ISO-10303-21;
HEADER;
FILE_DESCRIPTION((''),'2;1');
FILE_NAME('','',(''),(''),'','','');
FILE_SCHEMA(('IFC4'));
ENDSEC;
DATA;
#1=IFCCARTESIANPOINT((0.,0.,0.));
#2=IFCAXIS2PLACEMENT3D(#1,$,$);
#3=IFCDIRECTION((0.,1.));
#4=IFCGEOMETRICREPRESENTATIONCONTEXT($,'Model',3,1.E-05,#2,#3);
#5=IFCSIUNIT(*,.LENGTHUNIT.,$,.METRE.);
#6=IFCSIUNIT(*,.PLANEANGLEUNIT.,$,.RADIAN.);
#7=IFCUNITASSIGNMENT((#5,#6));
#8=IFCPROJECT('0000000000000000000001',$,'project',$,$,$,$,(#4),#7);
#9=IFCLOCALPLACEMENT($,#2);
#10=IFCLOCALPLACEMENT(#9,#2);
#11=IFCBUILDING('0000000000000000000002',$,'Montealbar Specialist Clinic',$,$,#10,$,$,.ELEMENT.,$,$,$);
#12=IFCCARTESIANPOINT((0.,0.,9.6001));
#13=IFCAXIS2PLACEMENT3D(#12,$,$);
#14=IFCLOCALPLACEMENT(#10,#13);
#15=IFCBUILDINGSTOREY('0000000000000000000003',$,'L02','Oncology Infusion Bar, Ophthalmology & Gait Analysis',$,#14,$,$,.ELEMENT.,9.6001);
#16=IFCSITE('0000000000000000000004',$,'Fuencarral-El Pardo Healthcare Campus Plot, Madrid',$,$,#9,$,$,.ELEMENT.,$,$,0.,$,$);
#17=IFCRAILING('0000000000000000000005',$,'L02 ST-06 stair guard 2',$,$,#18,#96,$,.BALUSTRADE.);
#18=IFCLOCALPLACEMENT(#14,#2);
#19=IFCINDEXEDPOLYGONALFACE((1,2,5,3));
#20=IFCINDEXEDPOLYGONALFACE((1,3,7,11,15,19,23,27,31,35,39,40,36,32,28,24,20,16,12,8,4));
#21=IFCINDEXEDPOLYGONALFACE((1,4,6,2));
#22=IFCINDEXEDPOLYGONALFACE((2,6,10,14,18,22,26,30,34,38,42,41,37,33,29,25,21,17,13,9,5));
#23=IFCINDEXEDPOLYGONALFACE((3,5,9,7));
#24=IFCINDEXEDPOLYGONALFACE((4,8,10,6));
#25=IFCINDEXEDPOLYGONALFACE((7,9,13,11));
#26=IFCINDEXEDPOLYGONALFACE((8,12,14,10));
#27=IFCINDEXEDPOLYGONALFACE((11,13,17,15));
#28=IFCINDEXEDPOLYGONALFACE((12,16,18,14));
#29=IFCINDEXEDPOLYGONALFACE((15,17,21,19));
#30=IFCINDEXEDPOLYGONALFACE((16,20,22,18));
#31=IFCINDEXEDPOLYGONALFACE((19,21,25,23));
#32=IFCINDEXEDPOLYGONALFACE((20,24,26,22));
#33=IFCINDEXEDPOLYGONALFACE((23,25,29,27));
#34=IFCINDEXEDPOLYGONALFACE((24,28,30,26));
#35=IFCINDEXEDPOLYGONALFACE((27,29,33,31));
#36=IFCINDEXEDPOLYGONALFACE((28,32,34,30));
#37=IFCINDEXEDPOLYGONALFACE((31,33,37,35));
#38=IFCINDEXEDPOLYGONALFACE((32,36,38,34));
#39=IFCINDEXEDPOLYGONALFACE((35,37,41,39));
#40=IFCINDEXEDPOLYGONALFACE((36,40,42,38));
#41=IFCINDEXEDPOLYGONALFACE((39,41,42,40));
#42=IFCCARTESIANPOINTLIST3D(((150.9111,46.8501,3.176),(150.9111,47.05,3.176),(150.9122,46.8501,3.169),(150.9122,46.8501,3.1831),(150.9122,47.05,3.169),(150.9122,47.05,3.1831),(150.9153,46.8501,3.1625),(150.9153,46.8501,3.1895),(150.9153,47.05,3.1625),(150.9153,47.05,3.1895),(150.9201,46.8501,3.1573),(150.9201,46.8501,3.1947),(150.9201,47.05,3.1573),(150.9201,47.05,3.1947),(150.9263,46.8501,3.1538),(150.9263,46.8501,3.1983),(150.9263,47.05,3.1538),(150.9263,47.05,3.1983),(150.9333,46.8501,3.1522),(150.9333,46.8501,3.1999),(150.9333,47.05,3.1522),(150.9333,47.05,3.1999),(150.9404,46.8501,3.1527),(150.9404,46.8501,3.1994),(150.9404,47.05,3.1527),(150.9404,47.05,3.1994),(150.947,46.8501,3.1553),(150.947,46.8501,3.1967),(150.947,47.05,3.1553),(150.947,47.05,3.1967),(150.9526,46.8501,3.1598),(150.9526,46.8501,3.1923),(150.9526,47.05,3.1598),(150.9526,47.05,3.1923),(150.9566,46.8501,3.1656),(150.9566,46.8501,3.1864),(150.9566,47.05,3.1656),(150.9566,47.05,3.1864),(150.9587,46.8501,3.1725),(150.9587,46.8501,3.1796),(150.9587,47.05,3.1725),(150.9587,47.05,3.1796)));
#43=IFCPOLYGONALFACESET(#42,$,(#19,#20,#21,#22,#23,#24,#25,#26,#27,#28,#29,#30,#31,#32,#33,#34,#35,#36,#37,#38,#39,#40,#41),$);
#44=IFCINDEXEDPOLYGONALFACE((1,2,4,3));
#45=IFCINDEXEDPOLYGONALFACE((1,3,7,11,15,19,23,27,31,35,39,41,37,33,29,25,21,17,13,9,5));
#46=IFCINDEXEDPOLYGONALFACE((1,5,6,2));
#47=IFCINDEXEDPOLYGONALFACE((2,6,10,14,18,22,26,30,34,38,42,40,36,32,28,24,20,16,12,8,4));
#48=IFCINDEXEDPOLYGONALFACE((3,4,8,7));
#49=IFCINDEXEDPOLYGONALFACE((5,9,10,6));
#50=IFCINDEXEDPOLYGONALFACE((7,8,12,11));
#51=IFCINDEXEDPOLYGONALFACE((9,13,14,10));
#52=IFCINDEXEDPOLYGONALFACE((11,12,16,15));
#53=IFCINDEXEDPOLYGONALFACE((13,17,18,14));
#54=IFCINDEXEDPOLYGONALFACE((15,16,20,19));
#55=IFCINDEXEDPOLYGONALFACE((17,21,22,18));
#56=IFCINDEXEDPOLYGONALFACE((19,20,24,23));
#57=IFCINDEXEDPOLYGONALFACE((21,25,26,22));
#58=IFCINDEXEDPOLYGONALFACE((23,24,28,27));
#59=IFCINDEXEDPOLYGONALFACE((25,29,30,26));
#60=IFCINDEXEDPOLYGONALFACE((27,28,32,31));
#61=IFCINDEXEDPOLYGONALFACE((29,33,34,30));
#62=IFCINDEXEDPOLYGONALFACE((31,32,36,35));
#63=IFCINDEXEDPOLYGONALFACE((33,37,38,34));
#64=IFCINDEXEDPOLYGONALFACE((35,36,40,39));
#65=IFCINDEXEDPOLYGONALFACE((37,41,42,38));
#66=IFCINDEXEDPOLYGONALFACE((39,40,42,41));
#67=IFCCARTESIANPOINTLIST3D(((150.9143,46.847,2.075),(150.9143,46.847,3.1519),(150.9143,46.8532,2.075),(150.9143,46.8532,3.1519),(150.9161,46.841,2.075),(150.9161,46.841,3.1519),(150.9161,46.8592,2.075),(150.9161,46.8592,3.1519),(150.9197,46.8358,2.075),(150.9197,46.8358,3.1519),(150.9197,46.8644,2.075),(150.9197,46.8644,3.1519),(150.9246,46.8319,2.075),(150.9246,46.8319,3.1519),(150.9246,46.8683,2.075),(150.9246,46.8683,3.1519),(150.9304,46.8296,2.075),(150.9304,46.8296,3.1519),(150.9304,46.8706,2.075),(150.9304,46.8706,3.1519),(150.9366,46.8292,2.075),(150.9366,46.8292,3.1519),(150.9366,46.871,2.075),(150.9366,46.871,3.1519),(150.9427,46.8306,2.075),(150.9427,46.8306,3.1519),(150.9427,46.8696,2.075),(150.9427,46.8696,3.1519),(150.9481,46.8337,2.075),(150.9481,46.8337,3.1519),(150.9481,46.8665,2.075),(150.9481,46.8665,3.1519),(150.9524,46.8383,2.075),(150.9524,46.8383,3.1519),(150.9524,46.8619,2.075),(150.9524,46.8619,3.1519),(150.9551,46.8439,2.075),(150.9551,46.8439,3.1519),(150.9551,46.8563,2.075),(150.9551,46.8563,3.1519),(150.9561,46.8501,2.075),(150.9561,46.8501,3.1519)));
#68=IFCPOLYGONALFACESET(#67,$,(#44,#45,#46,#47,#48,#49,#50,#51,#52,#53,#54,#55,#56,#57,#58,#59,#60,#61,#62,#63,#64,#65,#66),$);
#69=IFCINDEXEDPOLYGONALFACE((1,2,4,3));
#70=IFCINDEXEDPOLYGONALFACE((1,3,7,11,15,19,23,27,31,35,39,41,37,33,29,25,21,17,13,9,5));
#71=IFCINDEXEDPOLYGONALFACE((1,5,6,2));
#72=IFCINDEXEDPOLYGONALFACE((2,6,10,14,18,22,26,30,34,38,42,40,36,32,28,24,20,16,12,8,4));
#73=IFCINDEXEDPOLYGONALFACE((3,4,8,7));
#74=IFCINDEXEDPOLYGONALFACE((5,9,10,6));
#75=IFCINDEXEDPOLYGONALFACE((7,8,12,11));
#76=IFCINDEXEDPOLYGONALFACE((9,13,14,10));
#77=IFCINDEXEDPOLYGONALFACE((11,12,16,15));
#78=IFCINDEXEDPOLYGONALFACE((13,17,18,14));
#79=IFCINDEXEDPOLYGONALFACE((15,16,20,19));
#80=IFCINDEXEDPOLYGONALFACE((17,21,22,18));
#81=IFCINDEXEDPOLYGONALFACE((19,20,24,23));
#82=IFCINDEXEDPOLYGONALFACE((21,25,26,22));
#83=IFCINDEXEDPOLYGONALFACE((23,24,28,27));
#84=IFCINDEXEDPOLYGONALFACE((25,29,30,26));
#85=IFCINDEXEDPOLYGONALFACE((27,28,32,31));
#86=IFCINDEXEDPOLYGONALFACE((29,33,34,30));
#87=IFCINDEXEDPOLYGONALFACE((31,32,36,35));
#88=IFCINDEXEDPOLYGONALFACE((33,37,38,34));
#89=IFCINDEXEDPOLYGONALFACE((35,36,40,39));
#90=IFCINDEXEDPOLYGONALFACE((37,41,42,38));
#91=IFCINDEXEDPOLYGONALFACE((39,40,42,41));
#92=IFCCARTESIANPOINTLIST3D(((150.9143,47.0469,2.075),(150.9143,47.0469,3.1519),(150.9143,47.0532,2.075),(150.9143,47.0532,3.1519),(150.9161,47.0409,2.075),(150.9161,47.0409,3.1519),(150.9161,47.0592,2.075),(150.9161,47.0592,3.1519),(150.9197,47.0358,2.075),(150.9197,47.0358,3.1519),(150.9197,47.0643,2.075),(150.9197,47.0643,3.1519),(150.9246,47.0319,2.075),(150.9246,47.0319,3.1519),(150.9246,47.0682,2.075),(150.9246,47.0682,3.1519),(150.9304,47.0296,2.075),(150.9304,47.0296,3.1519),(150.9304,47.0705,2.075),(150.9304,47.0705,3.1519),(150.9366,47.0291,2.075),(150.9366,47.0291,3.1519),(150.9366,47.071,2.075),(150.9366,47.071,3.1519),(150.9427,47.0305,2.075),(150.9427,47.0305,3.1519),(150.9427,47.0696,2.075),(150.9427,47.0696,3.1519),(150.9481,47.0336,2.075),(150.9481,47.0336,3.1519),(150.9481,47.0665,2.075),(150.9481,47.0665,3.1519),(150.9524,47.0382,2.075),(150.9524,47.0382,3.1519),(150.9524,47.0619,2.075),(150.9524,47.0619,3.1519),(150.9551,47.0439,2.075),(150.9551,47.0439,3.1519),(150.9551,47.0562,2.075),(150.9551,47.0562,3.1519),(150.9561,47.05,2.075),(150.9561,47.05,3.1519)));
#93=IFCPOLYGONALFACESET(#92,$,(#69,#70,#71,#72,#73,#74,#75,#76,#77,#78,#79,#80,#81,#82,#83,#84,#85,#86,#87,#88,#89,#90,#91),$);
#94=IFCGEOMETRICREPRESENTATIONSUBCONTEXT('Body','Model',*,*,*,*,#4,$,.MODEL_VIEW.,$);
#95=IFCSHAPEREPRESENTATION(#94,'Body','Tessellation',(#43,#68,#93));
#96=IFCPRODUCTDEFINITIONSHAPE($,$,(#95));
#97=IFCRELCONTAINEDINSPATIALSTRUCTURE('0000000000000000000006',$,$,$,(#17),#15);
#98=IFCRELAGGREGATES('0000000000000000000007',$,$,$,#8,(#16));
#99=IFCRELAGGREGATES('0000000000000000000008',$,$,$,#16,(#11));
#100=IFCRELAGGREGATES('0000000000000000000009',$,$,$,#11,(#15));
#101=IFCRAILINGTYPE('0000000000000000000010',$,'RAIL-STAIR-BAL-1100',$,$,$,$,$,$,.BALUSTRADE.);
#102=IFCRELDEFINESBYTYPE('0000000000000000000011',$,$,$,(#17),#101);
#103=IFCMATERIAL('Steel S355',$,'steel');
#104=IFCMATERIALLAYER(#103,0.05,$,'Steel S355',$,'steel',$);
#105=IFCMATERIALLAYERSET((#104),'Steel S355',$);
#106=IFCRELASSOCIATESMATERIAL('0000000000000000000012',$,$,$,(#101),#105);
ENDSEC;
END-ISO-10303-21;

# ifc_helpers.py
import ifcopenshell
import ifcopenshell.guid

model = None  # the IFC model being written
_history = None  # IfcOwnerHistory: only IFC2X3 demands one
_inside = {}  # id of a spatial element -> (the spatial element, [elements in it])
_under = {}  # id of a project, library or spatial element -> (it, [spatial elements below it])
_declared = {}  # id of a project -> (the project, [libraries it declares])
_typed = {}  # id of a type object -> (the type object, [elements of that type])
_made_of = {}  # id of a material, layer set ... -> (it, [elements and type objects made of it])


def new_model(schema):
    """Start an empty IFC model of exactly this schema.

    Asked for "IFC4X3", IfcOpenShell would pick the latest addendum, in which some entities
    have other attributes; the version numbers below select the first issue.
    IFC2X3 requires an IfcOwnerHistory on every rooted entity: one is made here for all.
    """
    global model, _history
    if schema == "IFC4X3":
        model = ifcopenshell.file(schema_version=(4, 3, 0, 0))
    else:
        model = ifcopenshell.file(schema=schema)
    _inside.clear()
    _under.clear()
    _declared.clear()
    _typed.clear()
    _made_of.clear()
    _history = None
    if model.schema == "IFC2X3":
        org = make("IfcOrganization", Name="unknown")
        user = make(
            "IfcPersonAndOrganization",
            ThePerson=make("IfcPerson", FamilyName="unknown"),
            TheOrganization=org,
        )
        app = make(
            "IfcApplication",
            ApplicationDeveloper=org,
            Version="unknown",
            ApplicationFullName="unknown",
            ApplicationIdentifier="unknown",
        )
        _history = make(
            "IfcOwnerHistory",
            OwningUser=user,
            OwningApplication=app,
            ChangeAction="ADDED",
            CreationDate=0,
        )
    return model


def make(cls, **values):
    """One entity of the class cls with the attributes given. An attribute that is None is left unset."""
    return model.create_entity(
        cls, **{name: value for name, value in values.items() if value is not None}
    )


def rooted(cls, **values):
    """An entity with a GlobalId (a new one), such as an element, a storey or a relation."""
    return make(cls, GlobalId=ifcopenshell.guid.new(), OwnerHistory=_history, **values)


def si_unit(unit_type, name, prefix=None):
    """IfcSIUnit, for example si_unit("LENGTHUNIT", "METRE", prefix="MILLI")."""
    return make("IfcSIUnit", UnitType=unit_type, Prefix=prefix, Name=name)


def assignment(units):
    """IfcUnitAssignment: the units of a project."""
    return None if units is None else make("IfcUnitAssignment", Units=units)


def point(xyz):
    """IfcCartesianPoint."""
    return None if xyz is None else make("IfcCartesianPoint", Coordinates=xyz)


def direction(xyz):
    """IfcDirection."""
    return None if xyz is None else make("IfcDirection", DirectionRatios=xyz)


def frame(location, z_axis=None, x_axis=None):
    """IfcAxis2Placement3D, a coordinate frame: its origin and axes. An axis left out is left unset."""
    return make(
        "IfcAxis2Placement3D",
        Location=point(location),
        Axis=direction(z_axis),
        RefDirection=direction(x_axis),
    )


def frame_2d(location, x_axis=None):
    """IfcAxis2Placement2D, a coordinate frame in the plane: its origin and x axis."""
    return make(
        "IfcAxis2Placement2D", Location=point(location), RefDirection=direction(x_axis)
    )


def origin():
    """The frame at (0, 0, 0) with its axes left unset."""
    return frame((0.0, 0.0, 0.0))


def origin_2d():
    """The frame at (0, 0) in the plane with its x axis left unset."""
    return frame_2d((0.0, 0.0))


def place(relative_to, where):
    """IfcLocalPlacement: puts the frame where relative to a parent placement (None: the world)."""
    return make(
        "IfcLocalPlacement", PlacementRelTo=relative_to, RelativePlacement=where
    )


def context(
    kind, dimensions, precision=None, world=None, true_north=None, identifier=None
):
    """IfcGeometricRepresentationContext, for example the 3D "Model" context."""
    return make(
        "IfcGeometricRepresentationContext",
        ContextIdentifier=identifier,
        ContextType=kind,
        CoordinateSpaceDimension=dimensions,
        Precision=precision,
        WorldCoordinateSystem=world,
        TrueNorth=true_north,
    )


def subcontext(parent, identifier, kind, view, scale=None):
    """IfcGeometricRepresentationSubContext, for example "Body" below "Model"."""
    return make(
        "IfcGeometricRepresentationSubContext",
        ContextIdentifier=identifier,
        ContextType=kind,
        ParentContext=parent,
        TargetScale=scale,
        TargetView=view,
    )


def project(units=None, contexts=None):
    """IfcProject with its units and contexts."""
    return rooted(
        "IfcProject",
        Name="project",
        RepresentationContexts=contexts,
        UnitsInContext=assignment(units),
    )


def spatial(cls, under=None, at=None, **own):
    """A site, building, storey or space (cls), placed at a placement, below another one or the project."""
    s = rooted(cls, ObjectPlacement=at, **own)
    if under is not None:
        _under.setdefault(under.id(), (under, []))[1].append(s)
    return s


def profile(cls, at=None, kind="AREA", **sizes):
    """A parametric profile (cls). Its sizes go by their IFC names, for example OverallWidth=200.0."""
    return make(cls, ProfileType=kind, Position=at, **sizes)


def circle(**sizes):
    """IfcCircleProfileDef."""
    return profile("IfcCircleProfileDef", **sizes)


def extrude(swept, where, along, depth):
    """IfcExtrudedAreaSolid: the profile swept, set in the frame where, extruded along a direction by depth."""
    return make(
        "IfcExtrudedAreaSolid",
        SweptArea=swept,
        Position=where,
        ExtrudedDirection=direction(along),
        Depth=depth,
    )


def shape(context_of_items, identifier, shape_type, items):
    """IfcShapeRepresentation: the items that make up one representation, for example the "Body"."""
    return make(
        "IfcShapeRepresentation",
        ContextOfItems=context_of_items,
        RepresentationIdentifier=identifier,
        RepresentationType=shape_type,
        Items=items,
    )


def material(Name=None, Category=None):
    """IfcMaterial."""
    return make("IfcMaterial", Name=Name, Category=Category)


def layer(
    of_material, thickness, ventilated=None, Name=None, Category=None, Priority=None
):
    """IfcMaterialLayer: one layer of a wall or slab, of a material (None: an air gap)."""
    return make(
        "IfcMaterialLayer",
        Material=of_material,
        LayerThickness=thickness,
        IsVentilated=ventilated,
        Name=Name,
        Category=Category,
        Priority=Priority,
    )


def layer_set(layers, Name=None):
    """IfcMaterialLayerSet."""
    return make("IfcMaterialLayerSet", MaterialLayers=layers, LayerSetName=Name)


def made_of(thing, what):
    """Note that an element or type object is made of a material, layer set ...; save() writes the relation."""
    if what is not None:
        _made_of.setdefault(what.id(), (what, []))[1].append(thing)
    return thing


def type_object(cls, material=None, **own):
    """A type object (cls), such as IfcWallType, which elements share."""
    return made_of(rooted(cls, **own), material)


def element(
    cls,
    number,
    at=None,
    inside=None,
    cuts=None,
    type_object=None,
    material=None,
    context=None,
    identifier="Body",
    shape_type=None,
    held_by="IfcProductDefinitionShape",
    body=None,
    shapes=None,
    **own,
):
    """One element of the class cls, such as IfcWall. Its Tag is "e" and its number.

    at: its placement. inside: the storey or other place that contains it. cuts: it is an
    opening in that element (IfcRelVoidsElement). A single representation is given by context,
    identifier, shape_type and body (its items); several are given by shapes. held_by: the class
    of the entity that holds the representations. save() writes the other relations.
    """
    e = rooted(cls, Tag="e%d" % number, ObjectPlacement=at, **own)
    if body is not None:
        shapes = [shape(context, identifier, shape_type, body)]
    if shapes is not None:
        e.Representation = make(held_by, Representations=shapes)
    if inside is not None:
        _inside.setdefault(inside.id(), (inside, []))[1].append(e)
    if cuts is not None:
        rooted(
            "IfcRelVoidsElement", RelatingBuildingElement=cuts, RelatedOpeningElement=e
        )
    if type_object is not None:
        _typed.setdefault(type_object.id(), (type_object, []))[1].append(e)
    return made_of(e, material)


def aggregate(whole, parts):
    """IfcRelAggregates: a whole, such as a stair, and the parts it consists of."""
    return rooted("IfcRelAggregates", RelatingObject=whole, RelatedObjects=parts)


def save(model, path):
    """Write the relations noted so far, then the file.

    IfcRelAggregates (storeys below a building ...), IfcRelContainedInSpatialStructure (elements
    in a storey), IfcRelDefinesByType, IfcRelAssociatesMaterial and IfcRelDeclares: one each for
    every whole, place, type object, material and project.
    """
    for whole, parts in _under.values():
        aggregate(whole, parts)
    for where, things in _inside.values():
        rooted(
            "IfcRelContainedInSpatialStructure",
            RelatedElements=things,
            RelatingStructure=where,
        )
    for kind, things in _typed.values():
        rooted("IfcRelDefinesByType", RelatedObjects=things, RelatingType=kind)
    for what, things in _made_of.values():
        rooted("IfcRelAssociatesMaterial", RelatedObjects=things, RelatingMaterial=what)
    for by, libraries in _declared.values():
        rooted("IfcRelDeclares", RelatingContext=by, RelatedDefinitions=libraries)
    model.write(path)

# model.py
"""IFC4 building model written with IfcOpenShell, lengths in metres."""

from ifc_helpers import new_model, si_unit, direction, frame, origin, origin_2d, place, context, subcontext, project, spatial, circle, extrude, material, layer, layer_set, type_object, element, save


model = new_model("IFC4")

# Units and contexts
model_context = context("Model", 3, precision=1e-05, world=origin(), true_north=direction((0.0, 1.0)))
body_context = subcontext(model_context, "Body", "Model", "MODEL_VIEW")
ifc_project = project(units=[si_unit("LENGTHUNIT", "METRE"), si_unit("PLANEANGLEUNIT", "RADIAN")], contexts=[model_context])

# Site, building, storey
site_placement = place(None, origin())
site = spatial("IfcSite", under=ifc_project, at=site_placement, Name="Fuencarral-El Pardo Healthcare Campus Plot, Madrid", CompositionType="ELEMENT", RefElevation=0.0)
building_placement = place(site_placement, origin())
building = spatial("IfcBuilding", under=site, at=building_placement, Name="Montealbar Specialist Clinic", CompositionType="ELEMENT")
storey_placement = place(building_placement, frame((0.0, 0.0, 9.6001)))
storey = spatial("IfcBuildingStorey", under=building, at=storey_placement, Name="L02", Description="Oncology Infusion Bar, Ophthalmology & Gait Analysis", CompositionType="ELEMENT", Elevation=9.6001)

# Shared definitions
ifc_material_1 = material(Name="Steel S355", Category="steel")

# Railing
ifc_layer_1 = layer(ifc_material_1, 0.05, Name="Steel S355", Category="steel")
ifc_layer_set_1 = layer_set([ifc_layer_1], Name="Steel S355")
railing_type_1 = type_object("IfcRailingType", Name="RAIL-STAIR-BAL-1100", PredefinedType="BALUSTRADE", material=ifc_layer_set_1)
railing_1_placement = place(storey_placement, frame((150.9351, 46.8501, 2.0999)))
element("IfcRailing", 1, at=railing_1_placement, inside=storey, type_object=railing_type_1, Name="L02 ST-06 stair guard 2", PredefinedType="BALUSTRADE", context=body_context, shape_type="SweptSolid", body=[
    extrude(circle(Radius=0.0239, at=origin_2d()), frame((0.0, 0.0, 1.0762), z_axis=(0.0, 1.0, 0.0), x_axis=(-1.0, 0.0, 0.0)), (0.0, 0.0, 1.0), 0.2),
    extrude(circle(Radius=0.021, at=origin_2d()), frame((0.0, 0.0, -0.0249)), (0.0, 0.0, 1.0), 1.0769),
    extrude(circle(Radius=0.021, at=origin_2d()), frame((0.0, 0.2, -0.0249)), (0.0, 0.0, 1.0), 1.0769),
])

save(model, "model.ifc")
